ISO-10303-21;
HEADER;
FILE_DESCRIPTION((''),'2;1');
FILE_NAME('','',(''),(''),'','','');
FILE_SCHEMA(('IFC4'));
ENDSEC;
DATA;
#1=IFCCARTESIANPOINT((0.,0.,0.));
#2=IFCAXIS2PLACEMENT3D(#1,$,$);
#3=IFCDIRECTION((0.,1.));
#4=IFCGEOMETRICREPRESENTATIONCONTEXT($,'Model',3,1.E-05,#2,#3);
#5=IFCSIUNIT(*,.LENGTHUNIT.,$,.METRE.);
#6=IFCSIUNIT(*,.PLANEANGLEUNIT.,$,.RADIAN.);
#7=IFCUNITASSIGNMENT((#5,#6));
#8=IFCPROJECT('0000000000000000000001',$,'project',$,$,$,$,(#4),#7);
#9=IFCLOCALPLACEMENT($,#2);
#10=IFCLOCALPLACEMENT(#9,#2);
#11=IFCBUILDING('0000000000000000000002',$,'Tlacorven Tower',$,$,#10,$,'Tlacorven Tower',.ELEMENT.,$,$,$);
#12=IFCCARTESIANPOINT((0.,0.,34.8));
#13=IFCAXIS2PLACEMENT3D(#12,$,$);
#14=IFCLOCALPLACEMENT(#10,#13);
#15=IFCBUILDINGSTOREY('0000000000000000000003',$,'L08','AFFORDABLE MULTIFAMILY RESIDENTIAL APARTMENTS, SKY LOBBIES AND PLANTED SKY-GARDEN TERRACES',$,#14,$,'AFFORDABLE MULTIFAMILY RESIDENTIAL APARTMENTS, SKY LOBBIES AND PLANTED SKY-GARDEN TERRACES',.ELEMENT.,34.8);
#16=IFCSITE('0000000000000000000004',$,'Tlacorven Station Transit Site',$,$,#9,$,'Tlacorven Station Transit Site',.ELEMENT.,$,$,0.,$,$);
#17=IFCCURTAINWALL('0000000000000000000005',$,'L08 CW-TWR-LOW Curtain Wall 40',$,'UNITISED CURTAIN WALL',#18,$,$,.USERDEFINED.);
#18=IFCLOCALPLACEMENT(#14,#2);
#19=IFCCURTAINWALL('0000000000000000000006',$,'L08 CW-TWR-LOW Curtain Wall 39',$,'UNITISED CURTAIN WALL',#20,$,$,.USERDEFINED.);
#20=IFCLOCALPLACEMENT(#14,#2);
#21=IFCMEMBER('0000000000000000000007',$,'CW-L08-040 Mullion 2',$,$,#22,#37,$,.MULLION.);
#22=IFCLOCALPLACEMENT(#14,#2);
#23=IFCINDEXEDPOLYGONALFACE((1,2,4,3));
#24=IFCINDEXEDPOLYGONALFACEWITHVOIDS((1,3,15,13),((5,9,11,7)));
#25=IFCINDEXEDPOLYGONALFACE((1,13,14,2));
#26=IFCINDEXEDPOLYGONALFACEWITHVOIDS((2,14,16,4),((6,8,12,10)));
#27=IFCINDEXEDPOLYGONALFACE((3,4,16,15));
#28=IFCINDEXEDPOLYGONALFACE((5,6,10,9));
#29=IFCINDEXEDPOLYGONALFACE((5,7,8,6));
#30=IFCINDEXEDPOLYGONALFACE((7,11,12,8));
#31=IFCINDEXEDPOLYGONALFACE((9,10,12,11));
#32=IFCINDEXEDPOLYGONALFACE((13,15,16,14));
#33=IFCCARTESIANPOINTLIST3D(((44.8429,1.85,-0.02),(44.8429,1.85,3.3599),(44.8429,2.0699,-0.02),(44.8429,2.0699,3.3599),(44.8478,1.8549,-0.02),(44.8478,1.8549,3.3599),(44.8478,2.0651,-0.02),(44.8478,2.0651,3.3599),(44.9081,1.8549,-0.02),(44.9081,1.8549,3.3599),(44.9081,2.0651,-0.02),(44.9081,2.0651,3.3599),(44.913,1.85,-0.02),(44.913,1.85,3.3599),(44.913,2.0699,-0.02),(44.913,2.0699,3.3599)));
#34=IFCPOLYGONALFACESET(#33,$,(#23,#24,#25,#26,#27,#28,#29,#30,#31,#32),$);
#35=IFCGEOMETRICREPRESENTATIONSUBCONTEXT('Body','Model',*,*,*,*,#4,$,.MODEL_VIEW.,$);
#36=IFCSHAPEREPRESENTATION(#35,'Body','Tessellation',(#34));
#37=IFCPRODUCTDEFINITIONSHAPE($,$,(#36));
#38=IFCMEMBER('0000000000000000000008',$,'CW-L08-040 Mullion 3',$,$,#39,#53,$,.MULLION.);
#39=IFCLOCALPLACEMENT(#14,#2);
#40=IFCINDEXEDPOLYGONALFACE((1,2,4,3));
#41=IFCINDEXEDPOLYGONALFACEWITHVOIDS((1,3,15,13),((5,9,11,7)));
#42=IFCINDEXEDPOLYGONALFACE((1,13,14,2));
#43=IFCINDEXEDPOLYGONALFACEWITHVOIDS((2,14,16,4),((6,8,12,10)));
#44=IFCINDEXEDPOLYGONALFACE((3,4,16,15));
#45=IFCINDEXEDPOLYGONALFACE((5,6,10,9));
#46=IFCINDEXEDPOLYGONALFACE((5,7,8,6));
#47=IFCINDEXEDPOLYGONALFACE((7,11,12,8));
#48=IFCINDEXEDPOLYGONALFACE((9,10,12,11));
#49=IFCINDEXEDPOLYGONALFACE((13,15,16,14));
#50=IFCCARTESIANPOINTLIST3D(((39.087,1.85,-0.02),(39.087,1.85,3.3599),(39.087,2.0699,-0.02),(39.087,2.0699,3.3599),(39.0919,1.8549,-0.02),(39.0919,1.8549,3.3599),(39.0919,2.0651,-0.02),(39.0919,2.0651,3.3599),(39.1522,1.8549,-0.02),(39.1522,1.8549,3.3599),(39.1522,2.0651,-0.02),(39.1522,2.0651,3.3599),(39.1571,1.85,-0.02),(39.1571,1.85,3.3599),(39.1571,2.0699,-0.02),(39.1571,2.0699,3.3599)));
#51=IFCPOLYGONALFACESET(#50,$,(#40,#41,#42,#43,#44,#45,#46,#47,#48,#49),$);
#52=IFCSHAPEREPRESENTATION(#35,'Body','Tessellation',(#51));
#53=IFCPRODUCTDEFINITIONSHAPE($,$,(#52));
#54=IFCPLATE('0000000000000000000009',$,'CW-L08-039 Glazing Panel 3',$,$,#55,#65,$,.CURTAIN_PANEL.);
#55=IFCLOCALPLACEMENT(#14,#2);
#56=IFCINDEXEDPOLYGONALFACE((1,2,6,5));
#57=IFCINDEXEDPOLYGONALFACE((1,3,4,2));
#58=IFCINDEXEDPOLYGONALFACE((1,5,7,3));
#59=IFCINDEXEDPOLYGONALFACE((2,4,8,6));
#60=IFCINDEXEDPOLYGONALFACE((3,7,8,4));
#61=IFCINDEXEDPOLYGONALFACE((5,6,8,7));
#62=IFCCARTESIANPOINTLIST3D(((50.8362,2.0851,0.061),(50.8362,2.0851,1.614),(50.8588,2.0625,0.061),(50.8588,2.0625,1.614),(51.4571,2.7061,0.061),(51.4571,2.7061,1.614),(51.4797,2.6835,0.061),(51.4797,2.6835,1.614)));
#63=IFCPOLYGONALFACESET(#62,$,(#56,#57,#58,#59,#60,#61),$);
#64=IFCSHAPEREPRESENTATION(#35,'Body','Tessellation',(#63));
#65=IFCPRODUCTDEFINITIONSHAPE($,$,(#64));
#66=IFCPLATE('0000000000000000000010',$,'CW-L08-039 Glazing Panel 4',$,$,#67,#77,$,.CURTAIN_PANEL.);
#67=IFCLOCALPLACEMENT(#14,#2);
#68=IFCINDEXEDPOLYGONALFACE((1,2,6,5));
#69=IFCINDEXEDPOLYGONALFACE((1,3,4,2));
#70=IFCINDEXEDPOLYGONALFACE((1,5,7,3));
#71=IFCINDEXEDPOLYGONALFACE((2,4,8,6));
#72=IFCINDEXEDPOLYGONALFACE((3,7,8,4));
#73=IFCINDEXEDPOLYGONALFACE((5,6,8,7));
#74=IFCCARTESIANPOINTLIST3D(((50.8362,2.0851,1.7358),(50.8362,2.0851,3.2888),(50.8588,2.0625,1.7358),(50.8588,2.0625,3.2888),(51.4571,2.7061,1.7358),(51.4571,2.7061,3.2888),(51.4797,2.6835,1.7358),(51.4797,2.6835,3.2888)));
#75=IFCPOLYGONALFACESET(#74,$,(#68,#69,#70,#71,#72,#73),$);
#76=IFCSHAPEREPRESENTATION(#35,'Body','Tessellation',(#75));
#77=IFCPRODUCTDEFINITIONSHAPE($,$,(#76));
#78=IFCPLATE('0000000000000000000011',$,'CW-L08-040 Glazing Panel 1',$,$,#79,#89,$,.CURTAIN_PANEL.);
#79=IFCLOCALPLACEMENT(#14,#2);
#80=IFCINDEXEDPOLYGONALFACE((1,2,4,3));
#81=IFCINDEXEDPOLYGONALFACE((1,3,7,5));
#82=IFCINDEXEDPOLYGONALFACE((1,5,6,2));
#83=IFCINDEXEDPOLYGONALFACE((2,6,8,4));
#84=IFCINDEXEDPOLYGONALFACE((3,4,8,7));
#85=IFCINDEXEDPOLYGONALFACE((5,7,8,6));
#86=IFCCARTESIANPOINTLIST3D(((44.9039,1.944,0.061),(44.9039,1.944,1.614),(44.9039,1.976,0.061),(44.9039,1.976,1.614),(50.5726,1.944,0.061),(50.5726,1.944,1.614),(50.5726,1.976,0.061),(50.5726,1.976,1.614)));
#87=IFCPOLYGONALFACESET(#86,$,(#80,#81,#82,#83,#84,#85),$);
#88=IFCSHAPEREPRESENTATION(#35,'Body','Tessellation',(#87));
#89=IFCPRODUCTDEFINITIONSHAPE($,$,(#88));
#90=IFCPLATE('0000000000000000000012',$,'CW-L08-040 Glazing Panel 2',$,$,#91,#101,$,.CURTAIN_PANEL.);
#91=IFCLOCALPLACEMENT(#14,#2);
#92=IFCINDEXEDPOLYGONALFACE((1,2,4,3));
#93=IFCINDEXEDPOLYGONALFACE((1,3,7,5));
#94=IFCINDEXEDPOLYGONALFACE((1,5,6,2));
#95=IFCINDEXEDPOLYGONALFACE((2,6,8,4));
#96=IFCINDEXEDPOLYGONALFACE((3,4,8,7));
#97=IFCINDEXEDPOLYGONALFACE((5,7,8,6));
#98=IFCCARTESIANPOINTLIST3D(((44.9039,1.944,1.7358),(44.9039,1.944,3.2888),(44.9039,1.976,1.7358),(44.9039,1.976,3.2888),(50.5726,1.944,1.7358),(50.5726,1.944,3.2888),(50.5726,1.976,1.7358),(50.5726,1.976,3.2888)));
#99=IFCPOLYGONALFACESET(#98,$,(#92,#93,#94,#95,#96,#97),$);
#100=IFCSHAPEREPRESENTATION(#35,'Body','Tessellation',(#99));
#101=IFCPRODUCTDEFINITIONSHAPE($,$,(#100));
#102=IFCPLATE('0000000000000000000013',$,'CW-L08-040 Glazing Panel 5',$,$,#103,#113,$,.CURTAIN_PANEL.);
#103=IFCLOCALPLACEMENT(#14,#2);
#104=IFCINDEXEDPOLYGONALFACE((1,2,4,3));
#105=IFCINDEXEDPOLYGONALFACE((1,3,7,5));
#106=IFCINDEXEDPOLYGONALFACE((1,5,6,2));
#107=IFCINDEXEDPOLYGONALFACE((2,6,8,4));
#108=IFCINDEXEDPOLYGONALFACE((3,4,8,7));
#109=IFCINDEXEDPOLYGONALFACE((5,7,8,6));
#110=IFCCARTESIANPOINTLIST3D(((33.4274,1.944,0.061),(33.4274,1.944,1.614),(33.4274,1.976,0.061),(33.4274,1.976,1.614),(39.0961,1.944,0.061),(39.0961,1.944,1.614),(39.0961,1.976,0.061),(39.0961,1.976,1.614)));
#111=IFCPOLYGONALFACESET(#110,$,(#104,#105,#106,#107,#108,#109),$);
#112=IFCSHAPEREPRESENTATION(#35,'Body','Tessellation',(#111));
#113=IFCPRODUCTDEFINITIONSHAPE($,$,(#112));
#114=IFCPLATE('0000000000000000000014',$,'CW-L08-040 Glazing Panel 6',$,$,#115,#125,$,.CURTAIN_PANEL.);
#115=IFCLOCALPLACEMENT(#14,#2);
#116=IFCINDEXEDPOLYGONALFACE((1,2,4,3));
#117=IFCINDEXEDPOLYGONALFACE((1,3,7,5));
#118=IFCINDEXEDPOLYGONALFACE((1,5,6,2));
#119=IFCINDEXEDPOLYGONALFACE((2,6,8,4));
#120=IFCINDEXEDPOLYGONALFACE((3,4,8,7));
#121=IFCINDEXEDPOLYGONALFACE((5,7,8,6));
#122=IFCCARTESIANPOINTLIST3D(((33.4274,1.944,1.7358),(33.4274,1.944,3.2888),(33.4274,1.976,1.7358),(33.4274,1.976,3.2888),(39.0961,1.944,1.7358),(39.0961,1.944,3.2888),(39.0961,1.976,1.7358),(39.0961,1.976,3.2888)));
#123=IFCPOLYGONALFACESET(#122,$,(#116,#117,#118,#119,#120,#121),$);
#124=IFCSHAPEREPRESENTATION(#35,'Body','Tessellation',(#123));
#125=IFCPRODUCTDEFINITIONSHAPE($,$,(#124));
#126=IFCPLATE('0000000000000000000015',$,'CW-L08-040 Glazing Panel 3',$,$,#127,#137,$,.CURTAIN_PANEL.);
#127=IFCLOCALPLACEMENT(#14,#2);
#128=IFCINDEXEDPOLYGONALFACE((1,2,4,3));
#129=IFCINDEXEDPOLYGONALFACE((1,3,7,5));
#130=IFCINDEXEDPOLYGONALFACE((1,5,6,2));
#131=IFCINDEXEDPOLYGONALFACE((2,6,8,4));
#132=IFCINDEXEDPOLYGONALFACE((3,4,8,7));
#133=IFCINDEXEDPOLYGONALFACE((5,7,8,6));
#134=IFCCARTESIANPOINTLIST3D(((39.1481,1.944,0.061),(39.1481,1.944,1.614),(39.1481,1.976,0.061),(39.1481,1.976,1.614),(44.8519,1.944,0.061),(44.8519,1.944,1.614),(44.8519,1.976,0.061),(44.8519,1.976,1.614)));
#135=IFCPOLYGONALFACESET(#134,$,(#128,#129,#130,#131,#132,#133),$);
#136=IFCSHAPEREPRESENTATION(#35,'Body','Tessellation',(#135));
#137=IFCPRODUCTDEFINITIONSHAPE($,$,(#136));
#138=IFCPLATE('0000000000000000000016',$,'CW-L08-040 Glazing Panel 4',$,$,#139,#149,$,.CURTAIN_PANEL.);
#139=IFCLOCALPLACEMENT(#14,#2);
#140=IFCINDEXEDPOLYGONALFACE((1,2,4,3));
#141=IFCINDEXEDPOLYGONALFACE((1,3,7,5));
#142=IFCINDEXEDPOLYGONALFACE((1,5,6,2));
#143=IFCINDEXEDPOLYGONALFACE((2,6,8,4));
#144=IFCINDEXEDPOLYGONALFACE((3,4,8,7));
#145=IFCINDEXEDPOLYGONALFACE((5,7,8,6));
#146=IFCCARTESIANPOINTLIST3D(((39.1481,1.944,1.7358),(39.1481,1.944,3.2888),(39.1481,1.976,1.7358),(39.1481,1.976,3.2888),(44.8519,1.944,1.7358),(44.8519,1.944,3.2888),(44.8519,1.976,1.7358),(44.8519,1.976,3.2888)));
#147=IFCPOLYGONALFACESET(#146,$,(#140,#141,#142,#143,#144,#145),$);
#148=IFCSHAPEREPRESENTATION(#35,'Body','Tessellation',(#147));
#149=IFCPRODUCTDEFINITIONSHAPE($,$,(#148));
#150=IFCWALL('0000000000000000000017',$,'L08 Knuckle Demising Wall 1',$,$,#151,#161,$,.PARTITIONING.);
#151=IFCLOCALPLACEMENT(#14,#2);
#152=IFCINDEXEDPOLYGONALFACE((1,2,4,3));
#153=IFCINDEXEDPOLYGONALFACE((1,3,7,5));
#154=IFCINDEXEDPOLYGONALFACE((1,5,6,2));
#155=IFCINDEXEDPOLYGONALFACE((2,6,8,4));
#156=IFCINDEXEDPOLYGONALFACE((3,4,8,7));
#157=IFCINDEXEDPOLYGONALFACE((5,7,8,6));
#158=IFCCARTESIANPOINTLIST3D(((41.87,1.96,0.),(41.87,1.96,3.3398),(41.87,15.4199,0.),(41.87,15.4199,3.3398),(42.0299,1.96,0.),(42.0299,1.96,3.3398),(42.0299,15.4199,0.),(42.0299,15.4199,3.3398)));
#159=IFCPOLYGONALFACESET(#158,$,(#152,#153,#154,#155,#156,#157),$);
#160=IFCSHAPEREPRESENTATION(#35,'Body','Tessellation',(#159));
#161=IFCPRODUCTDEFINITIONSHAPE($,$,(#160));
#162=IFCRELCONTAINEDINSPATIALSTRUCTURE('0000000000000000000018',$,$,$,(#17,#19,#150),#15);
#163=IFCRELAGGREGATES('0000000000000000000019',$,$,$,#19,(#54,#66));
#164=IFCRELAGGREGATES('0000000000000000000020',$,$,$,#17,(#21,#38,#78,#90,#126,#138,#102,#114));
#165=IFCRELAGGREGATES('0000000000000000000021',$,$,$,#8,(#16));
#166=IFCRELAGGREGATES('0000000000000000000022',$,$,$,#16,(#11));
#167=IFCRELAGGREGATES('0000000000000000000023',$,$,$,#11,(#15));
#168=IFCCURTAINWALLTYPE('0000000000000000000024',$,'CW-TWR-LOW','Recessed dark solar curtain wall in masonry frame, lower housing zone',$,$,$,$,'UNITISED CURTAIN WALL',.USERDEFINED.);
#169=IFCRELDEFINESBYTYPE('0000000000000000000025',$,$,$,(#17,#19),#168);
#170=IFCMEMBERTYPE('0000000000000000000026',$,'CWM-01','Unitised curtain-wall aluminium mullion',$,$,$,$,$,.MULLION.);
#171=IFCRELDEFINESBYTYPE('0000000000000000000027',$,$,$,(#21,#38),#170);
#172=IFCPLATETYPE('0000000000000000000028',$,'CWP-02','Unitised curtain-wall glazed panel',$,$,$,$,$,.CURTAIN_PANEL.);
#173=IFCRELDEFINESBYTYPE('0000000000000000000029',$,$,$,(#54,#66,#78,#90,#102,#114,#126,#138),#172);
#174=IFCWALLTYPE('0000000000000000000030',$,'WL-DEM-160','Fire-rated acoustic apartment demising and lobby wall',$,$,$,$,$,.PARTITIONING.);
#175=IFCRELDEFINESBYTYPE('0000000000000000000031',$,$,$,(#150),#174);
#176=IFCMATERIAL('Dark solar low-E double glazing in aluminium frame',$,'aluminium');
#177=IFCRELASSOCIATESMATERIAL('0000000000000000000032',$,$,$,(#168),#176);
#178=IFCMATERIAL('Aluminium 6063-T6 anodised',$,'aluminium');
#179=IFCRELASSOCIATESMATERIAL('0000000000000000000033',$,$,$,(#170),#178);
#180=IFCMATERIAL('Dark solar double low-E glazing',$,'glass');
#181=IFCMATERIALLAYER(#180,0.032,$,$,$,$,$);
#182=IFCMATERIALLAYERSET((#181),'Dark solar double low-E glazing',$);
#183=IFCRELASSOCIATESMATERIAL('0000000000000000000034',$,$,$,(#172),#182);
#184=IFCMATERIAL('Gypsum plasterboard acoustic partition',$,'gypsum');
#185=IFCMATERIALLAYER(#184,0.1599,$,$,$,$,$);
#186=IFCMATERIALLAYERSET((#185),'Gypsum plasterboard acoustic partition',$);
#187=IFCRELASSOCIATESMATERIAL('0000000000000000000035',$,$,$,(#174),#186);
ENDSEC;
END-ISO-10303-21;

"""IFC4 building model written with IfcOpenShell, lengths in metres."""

from ifc_helpers import new_model, si_unit, direction, frame, frame_2d, origin, origin_2d, place, context, subcontext, project, spatial, rectangle, hollow_rectangle, extrude, source, transform, mapped, material, layer, layer_set, material_profile, profile_set, type_object, element, aggregate, save


model = new_model("IFC4")

# Units and contexts
model_context = context("Model", 3, precision=1e-05, world=origin(), true_north=direction((0.0, 1.0)))
body_context = subcontext(model_context, "Body", "Model", "MODEL_VIEW")
ifc_project = project(units=[si_unit("LENGTHUNIT", "METRE"), si_unit("PLANEANGLEUNIT", "RADIAN")], contexts=[model_context])

# Site, building, storey
site_placement = place(None, origin())
site = spatial("IfcSite", under=ifc_project, at=site_placement, Name="Tlacorven Station Transit Site", LongName="Tlacorven Station Transit Site", CompositionType="ELEMENT", RefElevation=0.0)
building_placement = place(site_placement, origin())
building = spatial("IfcBuilding", under=site, at=building_placement, Name="Tlacorven Tower", LongName="Tlacorven Tower", CompositionType="ELEMENT")
storey_placement = place(building_placement, frame((0.0, 0.0, 34.8)))
storey = spatial("IfcBuildingStorey", under=building, at=storey_placement, Name="L08", Description="AFFORDABLE MULTIFAMILY RESIDENTIAL APARTMENTS, SKY LOBBIES AND PLANTED SKY-GARDEN TERRACES", LongName="AFFORDABLE MULTIFAMILY RESIDENTIAL APARTMENTS, SKY LOBBIES AND PLANTED SKY-GARDEN TERRACES", CompositionType="ELEMENT", Elevation=34.8)

# Curtain wall
ifc_material_1 = material(Name="Dark solar low-E double glazing in aluminium frame", Category="aluminium")
curtain_wall_type = type_object("IfcCurtainWallType", Name="CW-TWR-LOW", Description="Recessed dark solar curtain wall in masonry frame, lower housing zone", ElementType="UNITISED CURTAIN WALL", PredefinedType="USERDEFINED", material=ifc_material_1)
curtain_wall_1_placement = place(storey_placement, origin())
curtain_wall_1 = element("IfcCurtainWall", 1, at=curtain_wall_1_placement, inside=storey, type_object=curtain_wall_type, Name="L08 CW-TWR-LOW Curtain Wall 40", ObjectType="UNITISED CURTAIN WALL", PredefinedType="USERDEFINED")
ifc_material_2 = material(Name="Aluminium 6063-T6 anodised", Category="aluminium")

# Curtain wall
curtain_wall_2_placement = place(storey_placement, origin())
curtain_wall_2 = element("IfcCurtainWall", 2, at=curtain_wall_2_placement, inside=storey, type_object=curtain_wall_type, Name="L08 CW-TWR-LOW Curtain Wall 39", ObjectType="UNITISED CURTAIN WALL", PredefinedType="USERDEFINED")
ifc_material_profile_1 = material_profile(ifc_material_2, hollow_rectangle(XDim=0.0701, YDim=0.22, WallThickness=0.0049, at=origin_2d()), Name="ALU MULLION 70X220")
ifc_profile_set_1 = profile_set([ifc_material_profile_1], Name="Aluminium 6063-T6 anodised")
member_type_1 = type_object("IfcMemberType", Name="CWM-01", Description="Unitised curtain-wall aluminium mullion", PredefinedType="MULLION", material=ifc_profile_set_1)
shared_shape_1 = source(origin(), body_context, "Body", "SweptSolid", [
    extrude(hollow_rectangle(XDim=0.0701, YDim=0.22, WallThickness=0.0049, at=origin_2d()), origin(), (0.0, 0.0, 1.0), 3.3799),
])

# Members
member_1_placement = place(storey_placement, frame((44.8779, 1.96, -0.02), z_axis=(0.0, 0.0, 1.0), x_axis=(-1.0, 0.0, 0.0)))
member_1 = element("IfcMember", 3, at=member_1_placement, type_object=member_type_1, Name="CW-L08-040 Mullion 2", PredefinedType="MULLION", context=body_context, shape_type="MappedRepresentation", body=[
    mapped(shared_shape_1, transform((0.0, 0.0, 0.0), scale=1.0)),
])
member_2_placement = place(storey_placement, frame((39.1221, 1.96, -0.02), z_axis=(0.0, 0.0, 1.0), x_axis=(-1.0, 0.0, 0.0)))
member_2 = element("IfcMember", 4, at=member_2_placement, type_object=member_type_1, Name="CW-L08-040 Mullion 3", PredefinedType="MULLION", context=body_context, shape_type="MappedRepresentation", body=[
    mapped(shared_shape_1, transform((0.0, 0.0, 0.0), scale=1.0)),
])

# Plates
ifc_material_3 = material(Name="Dark solar double low-E glazing", Category="glass")
ifc_layer_1 = layer(ifc_material_3, 0.032)
ifc_layer_set_1 = layer_set([ifc_layer_1], Name="Dark solar double low-E glazing")
plate_type = type_object("IfcPlateType", Name="CWP-02", Description="Unitised curtain-wall glazed panel", PredefinedType="CURTAIN_PANEL", material=ifc_layer_set_1)
shared_shape_2 = source(origin(), body_context, "Body", "SweptSolid", [
    extrude(rectangle(XDim=0.8782, YDim=0.032, at=origin_2d()), origin(), (0.0, 0.0, 1.0), 1.553),
])
plate_1_placement = place(storey_placement, frame((51.158, 2.3843, 0.061), z_axis=(0.0, 0.0, 1.0), x_axis=(-0.707107, -0.707107, 0.0)))
plate_1 = element("IfcPlate", 5, at=plate_1_placement, type_object=plate_type, Name="CW-L08-039 Glazing Panel 3", PredefinedType="CURTAIN_PANEL", context=body_context, shape_type="MappedRepresentation", body=[
    mapped(shared_shape_2, transform((0.0, 0.0, 0.0), scale=1.0)),
])
plate_2_placement = place(storey_placement, frame((51.158, 2.3843, 1.7358), z_axis=(0.0, 0.0, 1.0), x_axis=(-0.707107, -0.707107, 0.0)))
plate_2 = element("IfcPlate", 6, at=plate_2_placement, type_object=plate_type, Name="CW-L08-039 Glazing Panel 4", PredefinedType="CURTAIN_PANEL", context=body_context, shape_type="MappedRepresentation", body=[
    mapped(shared_shape_2, transform((0.0, 0.0, 0.0), scale=1.0)),
])
aggregate(curtain_wall_2, [plate_1, plate_2])
shared_shape_3 = source(origin(), body_context, "Body", "SweptSolid", [
    extrude(rectangle(XDim=5.6687, YDim=0.032, at=origin_2d()), origin(), (0.0, 0.0, 1.0), 1.553),
])
plate_3_placement = place(storey_placement, frame((47.7383, 1.96, 0.061), z_axis=(0.0, 0.0, 1.0), x_axis=(-1.0, 0.0, 0.0)))
plate_3 = element("IfcPlate", 7, at=plate_3_placement, type_object=plate_type, Name="CW-L08-040 Glazing Panel 1", PredefinedType="CURTAIN_PANEL", context=body_context, shape_type="MappedRepresentation", body=[
    mapped(shared_shape_3, transform((0.0, 0.0, 0.0), scale=1.0)),
])
plate_4_placement = place(storey_placement, frame((47.7383, 1.96, 1.7358), z_axis=(0.0, 0.0, 1.0), x_axis=(-1.0, 0.0, 0.0)))
plate_4 = element("IfcPlate", 8, at=plate_4_placement, type_object=plate_type, Name="CW-L08-040 Glazing Panel 2", PredefinedType="CURTAIN_PANEL", context=body_context, shape_type="MappedRepresentation", body=[
    mapped(shared_shape_3, transform((0.0, 0.0, 0.0), scale=1.0)),
])
plate_5_placement = place(storey_placement, frame((36.2617, 1.96, 0.061), z_axis=(0.0, 0.0, 1.0), x_axis=(-1.0, 0.0, 0.0)))
plate_5 = element("IfcPlate", 9, at=plate_5_placement, type_object=plate_type, Name="CW-L08-040 Glazing Panel 5", PredefinedType="CURTAIN_PANEL", context=body_context, shape_type="MappedRepresentation", body=[
    mapped(shared_shape_3, transform((0.0, 0.0, 0.0), scale=1.0)),
])
plate_6_placement = place(storey_placement, frame((36.2617, 1.96, 1.7358), z_axis=(0.0, 0.0, 1.0), x_axis=(-1.0, 0.0, 0.0)))
plate_6 = element("IfcPlate", 10, at=plate_6_placement, type_object=plate_type, Name="CW-L08-040 Glazing Panel 6", PredefinedType="CURTAIN_PANEL", context=body_context, shape_type="MappedRepresentation", body=[
    mapped(shared_shape_3, transform((0.0, 0.0, 0.0), scale=1.0)),
])
shared_shape_4 = source(origin(), body_context, "Body", "SweptSolid", [
    extrude(rectangle(XDim=5.7039, YDim=0.032, at=origin_2d()), origin(), (0.0, 0.0, 1.0), 1.553),
])
plate_7_placement = place(storey_placement, frame((42.0, 1.96, 0.061), z_axis=(0.0, 0.0, 1.0), x_axis=(-1.0, 0.0, 0.0)))
plate_7 = element("IfcPlate", 11, at=plate_7_placement, type_object=plate_type, Name="CW-L08-040 Glazing Panel 3", PredefinedType="CURTAIN_PANEL", context=body_context, shape_type="MappedRepresentation", body=[
    mapped(shared_shape_4, transform((0.0, 0.0, 0.0), scale=1.0)),
])
plate_8_placement = place(storey_placement, frame((42.0, 1.96, 1.7358), z_axis=(0.0, 0.0, 1.0), x_axis=(-1.0, 0.0, 0.0)))
plate_8 = element("IfcPlate", 12, at=plate_8_placement, type_object=plate_type, Name="CW-L08-040 Glazing Panel 4", PredefinedType="CURTAIN_PANEL", context=body_context, shape_type="MappedRepresentation", body=[
    mapped(shared_shape_4, transform((0.0, 0.0, 0.0), scale=1.0)),
])
aggregate(curtain_wall_1, [member_1, member_2, plate_3, plate_4, plate_7, plate_8, plate_5, plate_6])

# Wall
ifc_material_4 = material(Name="Gypsum plasterboard acoustic partition", Category="gypsum")
ifc_layer_2 = layer(ifc_material_4, 0.1599)
ifc_layer_set_2 = layer_set([ifc_layer_2], Name="Gypsum plasterboard acoustic partition")
wall_type_1 = type_object("IfcWallType", Name="WL-DEM-160", Description="Fire-rated acoustic apartment demising and lobby wall", PredefinedType="PARTITIONING", material=ifc_layer_set_2)
wall_1_placement = place(storey_placement, frame((41.95, 1.96, 0.0), z_axis=(0.0, 0.0, 1.0), x_axis=(0.0, 1.0, 0.0)))
element("IfcWall", 13, at=wall_1_placement, inside=storey, type_object=wall_type_1, Name="L08 Knuckle Demising Wall 1", PredefinedType="PARTITIONING", context=body_context, shape_type="SweptSolid", body=[
    extrude(rectangle(XDim=13.46, YDim=0.1599, at=frame_2d((6.73, 0.0))), origin(), (0.0, 0.0, 1.0), 3.3398),
])

save(model, "model.ifc")
